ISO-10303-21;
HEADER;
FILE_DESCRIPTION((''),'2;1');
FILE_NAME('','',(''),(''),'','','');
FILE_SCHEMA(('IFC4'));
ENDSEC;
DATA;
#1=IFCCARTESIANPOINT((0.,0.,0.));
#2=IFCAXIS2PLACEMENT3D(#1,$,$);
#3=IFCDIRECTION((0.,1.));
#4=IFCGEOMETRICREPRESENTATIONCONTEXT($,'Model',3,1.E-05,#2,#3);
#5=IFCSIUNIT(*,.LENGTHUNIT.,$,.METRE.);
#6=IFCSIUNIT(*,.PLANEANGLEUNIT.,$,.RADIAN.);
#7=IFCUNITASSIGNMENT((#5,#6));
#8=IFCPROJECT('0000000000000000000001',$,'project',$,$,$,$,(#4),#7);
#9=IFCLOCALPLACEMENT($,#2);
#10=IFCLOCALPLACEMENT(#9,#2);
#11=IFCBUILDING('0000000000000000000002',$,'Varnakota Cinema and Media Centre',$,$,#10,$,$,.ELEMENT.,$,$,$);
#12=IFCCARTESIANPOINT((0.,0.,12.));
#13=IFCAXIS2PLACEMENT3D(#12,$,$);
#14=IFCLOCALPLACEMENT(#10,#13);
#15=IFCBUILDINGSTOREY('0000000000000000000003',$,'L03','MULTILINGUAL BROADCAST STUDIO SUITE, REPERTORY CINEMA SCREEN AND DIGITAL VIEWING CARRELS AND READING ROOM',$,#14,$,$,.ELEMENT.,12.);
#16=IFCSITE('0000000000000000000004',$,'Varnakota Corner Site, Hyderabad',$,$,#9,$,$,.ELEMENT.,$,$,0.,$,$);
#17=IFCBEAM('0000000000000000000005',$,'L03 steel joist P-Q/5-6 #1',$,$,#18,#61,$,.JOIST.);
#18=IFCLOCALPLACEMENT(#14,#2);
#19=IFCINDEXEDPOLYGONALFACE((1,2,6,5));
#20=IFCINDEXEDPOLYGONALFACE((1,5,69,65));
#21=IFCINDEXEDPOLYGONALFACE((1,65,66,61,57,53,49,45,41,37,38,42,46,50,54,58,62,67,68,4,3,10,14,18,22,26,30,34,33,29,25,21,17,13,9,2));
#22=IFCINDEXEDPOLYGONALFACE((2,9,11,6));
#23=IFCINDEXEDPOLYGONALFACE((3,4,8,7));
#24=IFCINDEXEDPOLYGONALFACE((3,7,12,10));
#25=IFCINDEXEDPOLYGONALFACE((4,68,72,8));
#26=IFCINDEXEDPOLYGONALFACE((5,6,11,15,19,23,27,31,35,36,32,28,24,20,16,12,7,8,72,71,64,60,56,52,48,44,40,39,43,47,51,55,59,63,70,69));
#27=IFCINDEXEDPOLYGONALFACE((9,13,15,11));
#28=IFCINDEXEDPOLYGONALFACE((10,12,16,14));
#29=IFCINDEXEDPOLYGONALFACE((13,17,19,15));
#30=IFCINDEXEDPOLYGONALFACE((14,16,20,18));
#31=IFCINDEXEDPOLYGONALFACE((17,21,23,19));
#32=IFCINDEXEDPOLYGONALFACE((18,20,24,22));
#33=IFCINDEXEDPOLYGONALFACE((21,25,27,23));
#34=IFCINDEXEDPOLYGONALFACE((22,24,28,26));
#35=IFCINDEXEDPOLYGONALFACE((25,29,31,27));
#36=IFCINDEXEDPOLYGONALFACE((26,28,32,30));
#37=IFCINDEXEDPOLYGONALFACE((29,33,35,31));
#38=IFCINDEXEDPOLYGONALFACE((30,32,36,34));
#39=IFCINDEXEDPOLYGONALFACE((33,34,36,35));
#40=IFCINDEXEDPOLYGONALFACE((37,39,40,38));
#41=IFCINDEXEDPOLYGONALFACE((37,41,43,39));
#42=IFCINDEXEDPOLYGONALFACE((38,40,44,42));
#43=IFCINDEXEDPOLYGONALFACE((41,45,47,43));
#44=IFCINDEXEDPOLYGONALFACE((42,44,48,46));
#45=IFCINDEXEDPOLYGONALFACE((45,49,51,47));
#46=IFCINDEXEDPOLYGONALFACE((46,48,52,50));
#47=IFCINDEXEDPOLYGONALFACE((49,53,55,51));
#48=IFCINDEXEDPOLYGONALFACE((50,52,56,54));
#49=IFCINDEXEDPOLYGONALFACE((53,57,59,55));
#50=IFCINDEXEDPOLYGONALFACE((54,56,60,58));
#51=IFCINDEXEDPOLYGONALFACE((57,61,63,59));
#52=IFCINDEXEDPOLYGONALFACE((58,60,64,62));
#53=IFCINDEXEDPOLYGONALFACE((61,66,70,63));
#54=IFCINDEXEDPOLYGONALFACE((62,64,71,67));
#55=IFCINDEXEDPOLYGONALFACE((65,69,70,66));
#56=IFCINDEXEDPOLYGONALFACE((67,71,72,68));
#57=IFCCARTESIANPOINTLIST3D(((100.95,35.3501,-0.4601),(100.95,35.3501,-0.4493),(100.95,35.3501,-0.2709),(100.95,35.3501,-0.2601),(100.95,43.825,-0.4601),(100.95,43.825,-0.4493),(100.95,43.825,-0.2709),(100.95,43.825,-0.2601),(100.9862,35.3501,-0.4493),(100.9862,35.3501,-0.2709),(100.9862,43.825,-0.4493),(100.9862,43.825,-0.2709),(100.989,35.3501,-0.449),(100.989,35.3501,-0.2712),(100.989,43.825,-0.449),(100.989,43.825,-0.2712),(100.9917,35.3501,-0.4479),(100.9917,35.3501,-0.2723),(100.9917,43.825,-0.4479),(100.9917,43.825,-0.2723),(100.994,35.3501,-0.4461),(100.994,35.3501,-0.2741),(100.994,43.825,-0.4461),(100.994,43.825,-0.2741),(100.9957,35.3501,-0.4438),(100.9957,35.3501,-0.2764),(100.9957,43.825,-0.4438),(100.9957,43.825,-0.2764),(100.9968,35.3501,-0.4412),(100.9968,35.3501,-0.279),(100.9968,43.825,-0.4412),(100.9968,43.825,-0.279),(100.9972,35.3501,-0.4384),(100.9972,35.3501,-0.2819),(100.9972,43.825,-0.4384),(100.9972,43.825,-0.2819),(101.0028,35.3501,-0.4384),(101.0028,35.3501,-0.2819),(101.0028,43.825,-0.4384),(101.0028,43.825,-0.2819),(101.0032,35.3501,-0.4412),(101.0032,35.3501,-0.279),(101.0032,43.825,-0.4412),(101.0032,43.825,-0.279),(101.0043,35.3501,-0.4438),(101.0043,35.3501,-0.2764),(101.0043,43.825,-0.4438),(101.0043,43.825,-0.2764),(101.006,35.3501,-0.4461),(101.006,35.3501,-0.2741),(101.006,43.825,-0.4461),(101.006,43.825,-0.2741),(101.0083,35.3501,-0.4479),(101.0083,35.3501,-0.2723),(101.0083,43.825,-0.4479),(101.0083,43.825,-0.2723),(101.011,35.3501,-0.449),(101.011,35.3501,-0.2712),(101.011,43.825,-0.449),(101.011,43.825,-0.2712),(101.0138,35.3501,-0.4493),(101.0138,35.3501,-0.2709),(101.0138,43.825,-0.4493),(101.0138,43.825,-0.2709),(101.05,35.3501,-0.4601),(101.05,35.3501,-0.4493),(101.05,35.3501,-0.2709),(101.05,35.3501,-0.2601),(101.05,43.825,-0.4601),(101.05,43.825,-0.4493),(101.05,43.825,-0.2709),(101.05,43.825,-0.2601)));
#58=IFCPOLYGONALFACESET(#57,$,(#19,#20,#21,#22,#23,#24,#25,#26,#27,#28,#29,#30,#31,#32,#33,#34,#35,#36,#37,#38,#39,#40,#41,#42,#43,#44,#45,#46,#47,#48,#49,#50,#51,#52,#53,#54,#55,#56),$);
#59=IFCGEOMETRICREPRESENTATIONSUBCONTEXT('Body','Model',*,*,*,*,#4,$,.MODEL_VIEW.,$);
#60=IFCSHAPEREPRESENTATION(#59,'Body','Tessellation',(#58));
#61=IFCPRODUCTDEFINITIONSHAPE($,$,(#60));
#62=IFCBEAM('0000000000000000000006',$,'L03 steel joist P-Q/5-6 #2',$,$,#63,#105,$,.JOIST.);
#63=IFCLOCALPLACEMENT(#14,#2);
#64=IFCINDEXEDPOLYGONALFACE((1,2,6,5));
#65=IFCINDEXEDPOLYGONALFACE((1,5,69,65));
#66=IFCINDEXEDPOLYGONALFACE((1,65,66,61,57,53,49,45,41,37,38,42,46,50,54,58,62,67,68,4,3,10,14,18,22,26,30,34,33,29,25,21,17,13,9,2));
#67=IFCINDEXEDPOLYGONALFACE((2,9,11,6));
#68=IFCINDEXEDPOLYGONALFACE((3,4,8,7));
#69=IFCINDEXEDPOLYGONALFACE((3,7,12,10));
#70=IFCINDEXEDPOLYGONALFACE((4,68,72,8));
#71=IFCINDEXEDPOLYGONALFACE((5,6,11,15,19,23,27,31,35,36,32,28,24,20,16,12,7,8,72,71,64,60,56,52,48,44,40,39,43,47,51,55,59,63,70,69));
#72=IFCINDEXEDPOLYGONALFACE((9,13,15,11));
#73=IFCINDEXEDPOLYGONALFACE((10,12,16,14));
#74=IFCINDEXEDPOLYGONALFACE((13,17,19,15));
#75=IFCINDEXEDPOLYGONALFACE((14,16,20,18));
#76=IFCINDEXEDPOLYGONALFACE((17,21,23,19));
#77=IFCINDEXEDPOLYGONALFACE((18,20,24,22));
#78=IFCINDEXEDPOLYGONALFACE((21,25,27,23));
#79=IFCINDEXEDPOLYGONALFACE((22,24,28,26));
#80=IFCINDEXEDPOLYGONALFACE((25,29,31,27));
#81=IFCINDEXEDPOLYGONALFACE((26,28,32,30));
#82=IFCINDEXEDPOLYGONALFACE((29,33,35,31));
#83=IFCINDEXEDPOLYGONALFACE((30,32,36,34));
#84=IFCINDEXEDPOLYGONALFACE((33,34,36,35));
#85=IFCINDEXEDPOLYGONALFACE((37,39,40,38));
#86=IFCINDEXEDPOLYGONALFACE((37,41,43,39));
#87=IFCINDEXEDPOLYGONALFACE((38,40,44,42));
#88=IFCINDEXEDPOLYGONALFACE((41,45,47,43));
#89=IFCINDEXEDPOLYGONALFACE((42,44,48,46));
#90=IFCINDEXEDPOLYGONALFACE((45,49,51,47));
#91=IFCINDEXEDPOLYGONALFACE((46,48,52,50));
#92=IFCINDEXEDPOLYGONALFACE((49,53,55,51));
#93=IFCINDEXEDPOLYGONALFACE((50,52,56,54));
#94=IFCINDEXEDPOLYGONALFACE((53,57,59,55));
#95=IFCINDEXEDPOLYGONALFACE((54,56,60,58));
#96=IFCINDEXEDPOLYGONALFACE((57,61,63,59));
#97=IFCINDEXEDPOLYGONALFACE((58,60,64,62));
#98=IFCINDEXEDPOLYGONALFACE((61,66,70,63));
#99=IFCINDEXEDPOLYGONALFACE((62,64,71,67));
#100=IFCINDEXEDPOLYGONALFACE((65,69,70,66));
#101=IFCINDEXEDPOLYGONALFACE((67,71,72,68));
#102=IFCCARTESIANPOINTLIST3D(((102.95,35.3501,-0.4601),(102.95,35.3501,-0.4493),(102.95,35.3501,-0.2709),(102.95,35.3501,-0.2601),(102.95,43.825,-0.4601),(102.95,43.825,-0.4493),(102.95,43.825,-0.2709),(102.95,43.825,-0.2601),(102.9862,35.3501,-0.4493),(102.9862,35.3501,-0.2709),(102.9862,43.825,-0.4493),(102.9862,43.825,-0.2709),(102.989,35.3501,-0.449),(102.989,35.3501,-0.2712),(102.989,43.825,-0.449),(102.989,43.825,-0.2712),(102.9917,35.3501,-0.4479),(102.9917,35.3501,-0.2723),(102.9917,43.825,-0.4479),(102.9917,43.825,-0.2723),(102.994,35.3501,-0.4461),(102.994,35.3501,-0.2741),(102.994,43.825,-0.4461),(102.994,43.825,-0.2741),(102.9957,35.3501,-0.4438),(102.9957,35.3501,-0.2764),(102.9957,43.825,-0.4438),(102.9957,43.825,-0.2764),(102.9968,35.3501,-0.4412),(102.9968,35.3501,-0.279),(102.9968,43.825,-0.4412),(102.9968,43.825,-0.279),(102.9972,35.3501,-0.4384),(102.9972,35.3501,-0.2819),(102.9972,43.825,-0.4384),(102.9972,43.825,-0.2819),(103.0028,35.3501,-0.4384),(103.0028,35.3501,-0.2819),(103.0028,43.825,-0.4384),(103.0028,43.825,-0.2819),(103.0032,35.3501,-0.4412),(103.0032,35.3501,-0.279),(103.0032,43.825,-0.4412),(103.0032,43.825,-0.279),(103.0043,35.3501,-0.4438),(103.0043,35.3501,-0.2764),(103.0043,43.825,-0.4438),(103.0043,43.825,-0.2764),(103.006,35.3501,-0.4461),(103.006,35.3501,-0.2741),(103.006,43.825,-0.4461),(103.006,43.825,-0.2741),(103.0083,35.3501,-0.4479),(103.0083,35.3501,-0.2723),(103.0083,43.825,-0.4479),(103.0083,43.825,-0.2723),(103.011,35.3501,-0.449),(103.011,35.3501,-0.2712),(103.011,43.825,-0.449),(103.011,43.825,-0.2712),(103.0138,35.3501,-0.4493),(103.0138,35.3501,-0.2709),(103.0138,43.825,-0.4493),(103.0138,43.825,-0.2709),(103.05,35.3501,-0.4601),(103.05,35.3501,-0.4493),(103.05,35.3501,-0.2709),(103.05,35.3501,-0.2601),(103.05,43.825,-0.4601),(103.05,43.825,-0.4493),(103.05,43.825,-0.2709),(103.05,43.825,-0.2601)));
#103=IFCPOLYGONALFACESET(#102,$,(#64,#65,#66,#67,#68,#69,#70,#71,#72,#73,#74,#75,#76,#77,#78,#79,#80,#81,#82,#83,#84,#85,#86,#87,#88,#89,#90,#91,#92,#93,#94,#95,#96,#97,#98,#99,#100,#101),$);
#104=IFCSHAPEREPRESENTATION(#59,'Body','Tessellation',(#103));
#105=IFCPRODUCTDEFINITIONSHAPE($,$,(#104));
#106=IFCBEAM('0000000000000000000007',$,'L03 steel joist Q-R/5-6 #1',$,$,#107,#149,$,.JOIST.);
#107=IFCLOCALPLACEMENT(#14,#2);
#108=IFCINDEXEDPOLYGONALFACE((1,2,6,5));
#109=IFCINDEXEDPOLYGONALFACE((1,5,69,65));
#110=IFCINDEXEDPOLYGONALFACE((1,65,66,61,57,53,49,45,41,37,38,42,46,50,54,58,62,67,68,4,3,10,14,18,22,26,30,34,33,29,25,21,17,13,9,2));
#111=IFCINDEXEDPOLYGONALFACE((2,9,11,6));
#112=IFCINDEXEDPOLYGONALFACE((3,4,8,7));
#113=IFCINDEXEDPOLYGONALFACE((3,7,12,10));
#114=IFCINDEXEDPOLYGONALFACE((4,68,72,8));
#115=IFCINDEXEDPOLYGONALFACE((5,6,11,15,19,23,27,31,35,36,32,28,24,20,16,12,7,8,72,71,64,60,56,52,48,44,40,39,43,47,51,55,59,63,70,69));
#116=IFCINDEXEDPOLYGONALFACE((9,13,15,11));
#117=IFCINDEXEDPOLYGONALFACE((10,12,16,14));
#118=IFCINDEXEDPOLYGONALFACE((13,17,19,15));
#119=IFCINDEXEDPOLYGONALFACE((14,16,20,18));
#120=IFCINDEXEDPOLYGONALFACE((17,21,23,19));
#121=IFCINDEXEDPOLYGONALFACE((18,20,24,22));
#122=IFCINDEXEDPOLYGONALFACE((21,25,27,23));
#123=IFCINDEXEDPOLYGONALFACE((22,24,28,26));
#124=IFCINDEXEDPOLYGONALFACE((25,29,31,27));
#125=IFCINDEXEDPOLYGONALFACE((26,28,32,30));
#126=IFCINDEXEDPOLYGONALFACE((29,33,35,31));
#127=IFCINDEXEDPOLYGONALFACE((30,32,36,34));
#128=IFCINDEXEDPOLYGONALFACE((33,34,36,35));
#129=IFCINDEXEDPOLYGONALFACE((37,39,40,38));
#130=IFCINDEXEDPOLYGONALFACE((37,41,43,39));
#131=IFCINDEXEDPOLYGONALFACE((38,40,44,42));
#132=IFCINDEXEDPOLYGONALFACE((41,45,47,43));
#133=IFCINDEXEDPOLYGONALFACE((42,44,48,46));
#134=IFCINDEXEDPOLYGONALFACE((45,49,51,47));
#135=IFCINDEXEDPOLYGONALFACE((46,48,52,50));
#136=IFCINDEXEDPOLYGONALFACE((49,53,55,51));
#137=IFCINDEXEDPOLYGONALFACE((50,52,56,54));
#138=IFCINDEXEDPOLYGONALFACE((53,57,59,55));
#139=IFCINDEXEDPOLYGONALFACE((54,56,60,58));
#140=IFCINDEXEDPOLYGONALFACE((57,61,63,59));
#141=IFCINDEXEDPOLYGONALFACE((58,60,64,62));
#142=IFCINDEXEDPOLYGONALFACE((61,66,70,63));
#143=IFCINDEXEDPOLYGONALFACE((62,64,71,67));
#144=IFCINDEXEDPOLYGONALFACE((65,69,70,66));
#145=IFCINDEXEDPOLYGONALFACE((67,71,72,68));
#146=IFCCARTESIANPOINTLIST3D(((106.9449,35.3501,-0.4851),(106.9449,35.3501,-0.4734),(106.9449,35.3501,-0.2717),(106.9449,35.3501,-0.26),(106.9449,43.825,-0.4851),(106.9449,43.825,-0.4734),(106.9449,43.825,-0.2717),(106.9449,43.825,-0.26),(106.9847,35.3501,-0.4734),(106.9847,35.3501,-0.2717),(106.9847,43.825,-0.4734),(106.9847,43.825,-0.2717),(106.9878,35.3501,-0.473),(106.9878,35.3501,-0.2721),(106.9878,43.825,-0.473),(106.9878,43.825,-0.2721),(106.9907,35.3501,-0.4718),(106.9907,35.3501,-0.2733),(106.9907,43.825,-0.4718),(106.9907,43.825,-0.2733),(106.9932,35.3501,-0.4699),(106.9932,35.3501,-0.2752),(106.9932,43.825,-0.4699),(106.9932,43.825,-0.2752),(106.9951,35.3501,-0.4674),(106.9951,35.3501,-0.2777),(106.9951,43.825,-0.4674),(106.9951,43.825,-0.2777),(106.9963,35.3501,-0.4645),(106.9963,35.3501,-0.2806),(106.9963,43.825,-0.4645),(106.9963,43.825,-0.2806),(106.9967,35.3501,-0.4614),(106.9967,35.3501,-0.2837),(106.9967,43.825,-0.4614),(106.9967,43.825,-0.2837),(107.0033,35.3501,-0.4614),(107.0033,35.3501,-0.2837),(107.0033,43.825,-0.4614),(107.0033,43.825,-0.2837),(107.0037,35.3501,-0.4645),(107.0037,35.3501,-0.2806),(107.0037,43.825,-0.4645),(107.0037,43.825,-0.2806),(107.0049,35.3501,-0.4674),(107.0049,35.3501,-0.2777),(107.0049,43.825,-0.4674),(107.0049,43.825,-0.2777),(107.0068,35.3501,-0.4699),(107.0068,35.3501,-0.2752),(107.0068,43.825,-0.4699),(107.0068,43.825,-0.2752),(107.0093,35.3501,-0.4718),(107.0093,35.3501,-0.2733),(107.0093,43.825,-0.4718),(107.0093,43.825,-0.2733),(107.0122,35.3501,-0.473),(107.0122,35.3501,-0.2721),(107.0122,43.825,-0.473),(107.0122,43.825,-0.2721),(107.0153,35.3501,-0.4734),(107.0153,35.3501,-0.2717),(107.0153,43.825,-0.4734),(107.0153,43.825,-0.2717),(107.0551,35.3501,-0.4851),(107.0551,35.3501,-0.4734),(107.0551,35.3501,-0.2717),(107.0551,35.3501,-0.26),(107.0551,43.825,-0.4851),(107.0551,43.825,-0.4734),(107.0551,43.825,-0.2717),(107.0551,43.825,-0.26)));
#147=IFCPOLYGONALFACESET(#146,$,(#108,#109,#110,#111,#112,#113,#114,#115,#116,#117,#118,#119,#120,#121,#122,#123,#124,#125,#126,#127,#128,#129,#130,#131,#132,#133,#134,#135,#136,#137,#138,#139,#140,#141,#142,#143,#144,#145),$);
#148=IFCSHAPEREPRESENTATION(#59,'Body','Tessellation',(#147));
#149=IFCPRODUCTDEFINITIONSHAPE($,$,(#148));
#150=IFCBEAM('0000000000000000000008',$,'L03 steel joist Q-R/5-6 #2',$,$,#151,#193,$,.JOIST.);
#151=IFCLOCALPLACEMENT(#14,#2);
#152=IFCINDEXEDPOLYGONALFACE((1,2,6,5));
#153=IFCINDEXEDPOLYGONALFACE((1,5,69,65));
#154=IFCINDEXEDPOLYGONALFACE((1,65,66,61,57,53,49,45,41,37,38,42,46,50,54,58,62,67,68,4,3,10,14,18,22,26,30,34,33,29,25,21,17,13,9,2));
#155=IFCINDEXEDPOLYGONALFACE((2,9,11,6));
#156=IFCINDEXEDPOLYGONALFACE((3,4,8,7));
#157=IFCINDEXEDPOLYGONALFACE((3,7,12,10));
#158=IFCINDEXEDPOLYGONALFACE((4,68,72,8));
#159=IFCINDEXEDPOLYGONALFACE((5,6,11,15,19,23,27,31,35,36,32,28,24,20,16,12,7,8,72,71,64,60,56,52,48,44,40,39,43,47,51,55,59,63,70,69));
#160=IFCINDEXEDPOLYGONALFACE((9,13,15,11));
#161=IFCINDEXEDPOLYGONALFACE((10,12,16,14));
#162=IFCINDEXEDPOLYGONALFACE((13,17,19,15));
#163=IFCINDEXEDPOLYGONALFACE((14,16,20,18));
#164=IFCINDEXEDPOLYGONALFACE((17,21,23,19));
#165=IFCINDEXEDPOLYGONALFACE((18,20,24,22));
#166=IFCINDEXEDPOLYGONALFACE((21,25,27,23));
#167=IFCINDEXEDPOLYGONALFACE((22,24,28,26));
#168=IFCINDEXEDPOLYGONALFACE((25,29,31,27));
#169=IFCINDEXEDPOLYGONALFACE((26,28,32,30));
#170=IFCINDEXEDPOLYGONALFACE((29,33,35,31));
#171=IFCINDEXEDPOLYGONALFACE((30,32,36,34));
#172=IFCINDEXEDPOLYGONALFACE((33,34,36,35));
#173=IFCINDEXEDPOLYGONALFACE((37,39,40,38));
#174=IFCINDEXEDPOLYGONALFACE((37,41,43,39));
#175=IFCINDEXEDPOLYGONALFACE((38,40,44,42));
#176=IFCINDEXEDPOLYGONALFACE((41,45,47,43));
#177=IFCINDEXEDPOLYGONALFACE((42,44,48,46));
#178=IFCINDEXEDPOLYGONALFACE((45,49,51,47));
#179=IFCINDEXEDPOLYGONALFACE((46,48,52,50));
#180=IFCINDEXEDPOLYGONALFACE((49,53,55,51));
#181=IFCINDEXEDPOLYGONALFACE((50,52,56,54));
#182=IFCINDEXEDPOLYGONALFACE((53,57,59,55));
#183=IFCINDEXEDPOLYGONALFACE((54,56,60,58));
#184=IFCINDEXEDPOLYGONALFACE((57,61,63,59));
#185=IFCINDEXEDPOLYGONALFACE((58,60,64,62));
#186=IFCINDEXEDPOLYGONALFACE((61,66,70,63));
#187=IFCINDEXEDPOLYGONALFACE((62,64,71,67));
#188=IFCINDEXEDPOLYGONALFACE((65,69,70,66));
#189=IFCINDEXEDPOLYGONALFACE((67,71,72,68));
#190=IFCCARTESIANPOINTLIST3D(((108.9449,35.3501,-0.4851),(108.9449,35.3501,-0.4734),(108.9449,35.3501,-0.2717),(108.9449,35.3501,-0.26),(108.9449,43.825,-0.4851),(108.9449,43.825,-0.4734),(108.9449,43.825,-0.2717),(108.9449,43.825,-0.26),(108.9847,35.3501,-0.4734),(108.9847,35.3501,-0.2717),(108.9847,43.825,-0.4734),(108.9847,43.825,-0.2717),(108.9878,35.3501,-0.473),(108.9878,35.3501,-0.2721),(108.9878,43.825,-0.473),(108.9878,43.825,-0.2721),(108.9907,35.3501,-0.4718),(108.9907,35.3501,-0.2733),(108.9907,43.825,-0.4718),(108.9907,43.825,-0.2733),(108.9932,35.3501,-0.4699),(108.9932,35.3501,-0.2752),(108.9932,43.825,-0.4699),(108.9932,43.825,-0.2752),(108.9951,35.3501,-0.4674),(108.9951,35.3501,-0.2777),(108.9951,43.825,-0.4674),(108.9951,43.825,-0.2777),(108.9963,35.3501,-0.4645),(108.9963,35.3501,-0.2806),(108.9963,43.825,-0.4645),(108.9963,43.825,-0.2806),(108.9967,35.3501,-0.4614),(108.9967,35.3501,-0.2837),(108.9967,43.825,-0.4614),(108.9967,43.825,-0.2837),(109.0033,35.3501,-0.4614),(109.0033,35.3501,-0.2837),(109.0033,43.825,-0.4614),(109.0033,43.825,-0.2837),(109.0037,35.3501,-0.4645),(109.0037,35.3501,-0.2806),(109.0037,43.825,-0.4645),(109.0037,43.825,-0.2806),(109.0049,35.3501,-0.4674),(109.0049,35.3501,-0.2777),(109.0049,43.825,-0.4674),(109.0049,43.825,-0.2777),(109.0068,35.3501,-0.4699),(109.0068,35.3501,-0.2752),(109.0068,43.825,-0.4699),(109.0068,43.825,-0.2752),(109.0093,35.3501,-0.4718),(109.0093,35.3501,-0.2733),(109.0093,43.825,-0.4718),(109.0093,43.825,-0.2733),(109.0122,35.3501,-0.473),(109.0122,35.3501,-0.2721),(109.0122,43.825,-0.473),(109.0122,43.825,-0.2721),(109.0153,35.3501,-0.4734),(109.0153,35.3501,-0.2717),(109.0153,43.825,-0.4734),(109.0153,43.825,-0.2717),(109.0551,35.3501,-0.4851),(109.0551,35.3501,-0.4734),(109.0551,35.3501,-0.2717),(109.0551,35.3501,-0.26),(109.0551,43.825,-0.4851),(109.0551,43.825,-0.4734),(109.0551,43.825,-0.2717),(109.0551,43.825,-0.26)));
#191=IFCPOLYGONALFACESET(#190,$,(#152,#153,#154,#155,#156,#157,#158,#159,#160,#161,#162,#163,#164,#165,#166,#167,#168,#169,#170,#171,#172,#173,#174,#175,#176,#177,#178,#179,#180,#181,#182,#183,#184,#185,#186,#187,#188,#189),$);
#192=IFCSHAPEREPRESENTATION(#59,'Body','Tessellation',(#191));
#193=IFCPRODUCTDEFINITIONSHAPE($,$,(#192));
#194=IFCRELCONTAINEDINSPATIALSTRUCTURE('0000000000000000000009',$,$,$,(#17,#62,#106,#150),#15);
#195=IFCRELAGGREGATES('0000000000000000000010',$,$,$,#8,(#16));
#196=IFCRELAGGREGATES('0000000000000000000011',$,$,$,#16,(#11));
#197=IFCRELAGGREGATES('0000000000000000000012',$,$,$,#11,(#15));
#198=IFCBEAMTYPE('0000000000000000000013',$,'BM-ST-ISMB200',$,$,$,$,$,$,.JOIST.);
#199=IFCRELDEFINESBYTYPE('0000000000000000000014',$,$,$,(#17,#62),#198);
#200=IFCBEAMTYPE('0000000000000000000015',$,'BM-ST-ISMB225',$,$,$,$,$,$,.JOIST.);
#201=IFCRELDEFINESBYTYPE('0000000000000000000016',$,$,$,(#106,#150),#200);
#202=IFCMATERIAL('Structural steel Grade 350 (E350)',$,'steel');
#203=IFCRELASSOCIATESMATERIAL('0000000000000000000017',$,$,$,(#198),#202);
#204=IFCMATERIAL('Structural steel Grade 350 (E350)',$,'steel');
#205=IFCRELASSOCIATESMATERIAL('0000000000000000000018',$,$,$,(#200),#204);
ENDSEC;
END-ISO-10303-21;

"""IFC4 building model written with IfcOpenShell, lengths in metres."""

from ifc_helpers import new_model, si_unit, direction, frame, origin, origin_2d, place, context, subcontext, project, spatial, i_section, extrude, material, material_profile, profile_set, type_object, element, save


model = new_model("IFC4")

# Units and contexts
model_context = context("Model", 3, precision=1e-05, world=origin(), true_north=direction((0.0, 1.0)))
body_context = subcontext(model_context, "Body", "Model", "MODEL_VIEW")
ifc_project = project(units=[si_unit("LENGTHUNIT", "METRE"), si_unit("PLANEANGLEUNIT", "RADIAN")], contexts=[model_context])

# Site, building, storey
site_placement = place(None, origin())
site = spatial("IfcSite", under=ifc_project, at=site_placement, Name="Varnakota Corner Site, Hyderabad", CompositionType="ELEMENT", RefElevation=0.0)
building_placement = place(site_placement, origin())
building = spatial("IfcBuilding", under=site, at=building_placement, Name="Varnakota Cinema and Media Centre", CompositionType="ELEMENT")
storey_placement = place(building_placement, frame((0.0, 0.0, 12.0)))
storey = spatial("IfcBuildingStorey", under=building, at=storey_placement, Name="L03", Description="MULTILINGUAL BROADCAST STUDIO SUITE, REPERTORY CINEMA SCREEN AND DIGITAL VIEWING CARRELS AND READING ROOM", CompositionType="ELEMENT", Elevation=12.0)

# Beams
ifc_material_1 = material(Name="Structural steel Grade 350 (E350)", Category="steel")
ifc_material_profile_1 = material_profile(ifc_material_1, i_section(OverallWidth=0.1001, OverallDepth=0.2, WebThickness=0.0056, FlangeThickness=0.0107, FilletRadius=0.011, at=origin_2d()), Name="ISMB 200")
ifc_profile_set_1 = profile_set([ifc_material_profile_1], Name="Structural steel Grade 350 (E350)")
beam_type_1 = type_object("IfcBeamType", Name="BM-ST-ISMB200", PredefinedType="JOIST", material=ifc_profile_set_1)
for number, where, z_axis, x_axis, name in (
    (1, (101.0, 35.3501, -0.3601), (0.0, 1.0, 0.0), (-1.0, 0.0, 0.0), "L03 steel joist P-Q/5-6 #1"),
    (2, (103.0, 35.3501, -0.3601), (0.0, 1.0, 0.0), (-1.0, 0.0, 0.0), "L03 steel joist P-Q/5-6 #2"),
):
    element("IfcBeam", number, at=place(storey_placement, frame(where, z_axis=z_axis, x_axis=x_axis)), inside=storey, type_object=beam_type_1, Name=name, PredefinedType="JOIST", context=body_context, shape_type="SweptSolid", body=[
        extrude(i_section(OverallWidth=0.1001, OverallDepth=0.2, WebThickness=0.0056, FlangeThickness=0.0107, FilletRadius=0.011, at=origin_2d()), origin(), (0.0, 0.0, 1.0), 8.4749),
    ])
ifc_material_2 = material(Name="Structural steel Grade 350 (E350)", Category="steel")
ifc_material_profile_2 = material_profile(ifc_material_2, i_section(OverallWidth=0.1101, OverallDepth=0.2251, WebThickness=0.0066, FlangeThickness=0.0117, FilletRadius=0.012, at=origin_2d()), Name="ISMB 225")
ifc_profile_set_2 = profile_set([ifc_material_profile_2], Name="Structural steel Grade 350 (E350)")
beam_type_2 = type_object("IfcBeamType", Name="BM-ST-ISMB225", PredefinedType="JOIST", material=ifc_profile_set_2)
for number, where, z_axis, x_axis, name in (
    (3, (107.0, 35.3501, -0.3726), (0.0, 1.0, 0.0), (-1.0, 0.0, 0.0), "L03 steel joist Q-R/5-6 #1"),
    (4, (109.0, 35.3501, -0.3726), (0.0, 1.0, 0.0), (-1.0, 0.0, 0.0), "L03 steel joist Q-R/5-6 #2"),
):
    element("IfcBeam", number, at=place(storey_placement, frame(where, z_axis=z_axis, x_axis=x_axis)), inside=storey, type_object=beam_type_2, Name=name, PredefinedType="JOIST", context=body_context, shape_type="SweptSolid", body=[
        extrude(i_section(OverallWidth=0.1101, OverallDepth=0.2251, WebThickness=0.0066, FlangeThickness=0.0117, FilletRadius=0.012, at=origin_2d()), origin(), (0.0, 0.0, 1.0), 8.4749),
    ])

save(model, "model.ifc")
